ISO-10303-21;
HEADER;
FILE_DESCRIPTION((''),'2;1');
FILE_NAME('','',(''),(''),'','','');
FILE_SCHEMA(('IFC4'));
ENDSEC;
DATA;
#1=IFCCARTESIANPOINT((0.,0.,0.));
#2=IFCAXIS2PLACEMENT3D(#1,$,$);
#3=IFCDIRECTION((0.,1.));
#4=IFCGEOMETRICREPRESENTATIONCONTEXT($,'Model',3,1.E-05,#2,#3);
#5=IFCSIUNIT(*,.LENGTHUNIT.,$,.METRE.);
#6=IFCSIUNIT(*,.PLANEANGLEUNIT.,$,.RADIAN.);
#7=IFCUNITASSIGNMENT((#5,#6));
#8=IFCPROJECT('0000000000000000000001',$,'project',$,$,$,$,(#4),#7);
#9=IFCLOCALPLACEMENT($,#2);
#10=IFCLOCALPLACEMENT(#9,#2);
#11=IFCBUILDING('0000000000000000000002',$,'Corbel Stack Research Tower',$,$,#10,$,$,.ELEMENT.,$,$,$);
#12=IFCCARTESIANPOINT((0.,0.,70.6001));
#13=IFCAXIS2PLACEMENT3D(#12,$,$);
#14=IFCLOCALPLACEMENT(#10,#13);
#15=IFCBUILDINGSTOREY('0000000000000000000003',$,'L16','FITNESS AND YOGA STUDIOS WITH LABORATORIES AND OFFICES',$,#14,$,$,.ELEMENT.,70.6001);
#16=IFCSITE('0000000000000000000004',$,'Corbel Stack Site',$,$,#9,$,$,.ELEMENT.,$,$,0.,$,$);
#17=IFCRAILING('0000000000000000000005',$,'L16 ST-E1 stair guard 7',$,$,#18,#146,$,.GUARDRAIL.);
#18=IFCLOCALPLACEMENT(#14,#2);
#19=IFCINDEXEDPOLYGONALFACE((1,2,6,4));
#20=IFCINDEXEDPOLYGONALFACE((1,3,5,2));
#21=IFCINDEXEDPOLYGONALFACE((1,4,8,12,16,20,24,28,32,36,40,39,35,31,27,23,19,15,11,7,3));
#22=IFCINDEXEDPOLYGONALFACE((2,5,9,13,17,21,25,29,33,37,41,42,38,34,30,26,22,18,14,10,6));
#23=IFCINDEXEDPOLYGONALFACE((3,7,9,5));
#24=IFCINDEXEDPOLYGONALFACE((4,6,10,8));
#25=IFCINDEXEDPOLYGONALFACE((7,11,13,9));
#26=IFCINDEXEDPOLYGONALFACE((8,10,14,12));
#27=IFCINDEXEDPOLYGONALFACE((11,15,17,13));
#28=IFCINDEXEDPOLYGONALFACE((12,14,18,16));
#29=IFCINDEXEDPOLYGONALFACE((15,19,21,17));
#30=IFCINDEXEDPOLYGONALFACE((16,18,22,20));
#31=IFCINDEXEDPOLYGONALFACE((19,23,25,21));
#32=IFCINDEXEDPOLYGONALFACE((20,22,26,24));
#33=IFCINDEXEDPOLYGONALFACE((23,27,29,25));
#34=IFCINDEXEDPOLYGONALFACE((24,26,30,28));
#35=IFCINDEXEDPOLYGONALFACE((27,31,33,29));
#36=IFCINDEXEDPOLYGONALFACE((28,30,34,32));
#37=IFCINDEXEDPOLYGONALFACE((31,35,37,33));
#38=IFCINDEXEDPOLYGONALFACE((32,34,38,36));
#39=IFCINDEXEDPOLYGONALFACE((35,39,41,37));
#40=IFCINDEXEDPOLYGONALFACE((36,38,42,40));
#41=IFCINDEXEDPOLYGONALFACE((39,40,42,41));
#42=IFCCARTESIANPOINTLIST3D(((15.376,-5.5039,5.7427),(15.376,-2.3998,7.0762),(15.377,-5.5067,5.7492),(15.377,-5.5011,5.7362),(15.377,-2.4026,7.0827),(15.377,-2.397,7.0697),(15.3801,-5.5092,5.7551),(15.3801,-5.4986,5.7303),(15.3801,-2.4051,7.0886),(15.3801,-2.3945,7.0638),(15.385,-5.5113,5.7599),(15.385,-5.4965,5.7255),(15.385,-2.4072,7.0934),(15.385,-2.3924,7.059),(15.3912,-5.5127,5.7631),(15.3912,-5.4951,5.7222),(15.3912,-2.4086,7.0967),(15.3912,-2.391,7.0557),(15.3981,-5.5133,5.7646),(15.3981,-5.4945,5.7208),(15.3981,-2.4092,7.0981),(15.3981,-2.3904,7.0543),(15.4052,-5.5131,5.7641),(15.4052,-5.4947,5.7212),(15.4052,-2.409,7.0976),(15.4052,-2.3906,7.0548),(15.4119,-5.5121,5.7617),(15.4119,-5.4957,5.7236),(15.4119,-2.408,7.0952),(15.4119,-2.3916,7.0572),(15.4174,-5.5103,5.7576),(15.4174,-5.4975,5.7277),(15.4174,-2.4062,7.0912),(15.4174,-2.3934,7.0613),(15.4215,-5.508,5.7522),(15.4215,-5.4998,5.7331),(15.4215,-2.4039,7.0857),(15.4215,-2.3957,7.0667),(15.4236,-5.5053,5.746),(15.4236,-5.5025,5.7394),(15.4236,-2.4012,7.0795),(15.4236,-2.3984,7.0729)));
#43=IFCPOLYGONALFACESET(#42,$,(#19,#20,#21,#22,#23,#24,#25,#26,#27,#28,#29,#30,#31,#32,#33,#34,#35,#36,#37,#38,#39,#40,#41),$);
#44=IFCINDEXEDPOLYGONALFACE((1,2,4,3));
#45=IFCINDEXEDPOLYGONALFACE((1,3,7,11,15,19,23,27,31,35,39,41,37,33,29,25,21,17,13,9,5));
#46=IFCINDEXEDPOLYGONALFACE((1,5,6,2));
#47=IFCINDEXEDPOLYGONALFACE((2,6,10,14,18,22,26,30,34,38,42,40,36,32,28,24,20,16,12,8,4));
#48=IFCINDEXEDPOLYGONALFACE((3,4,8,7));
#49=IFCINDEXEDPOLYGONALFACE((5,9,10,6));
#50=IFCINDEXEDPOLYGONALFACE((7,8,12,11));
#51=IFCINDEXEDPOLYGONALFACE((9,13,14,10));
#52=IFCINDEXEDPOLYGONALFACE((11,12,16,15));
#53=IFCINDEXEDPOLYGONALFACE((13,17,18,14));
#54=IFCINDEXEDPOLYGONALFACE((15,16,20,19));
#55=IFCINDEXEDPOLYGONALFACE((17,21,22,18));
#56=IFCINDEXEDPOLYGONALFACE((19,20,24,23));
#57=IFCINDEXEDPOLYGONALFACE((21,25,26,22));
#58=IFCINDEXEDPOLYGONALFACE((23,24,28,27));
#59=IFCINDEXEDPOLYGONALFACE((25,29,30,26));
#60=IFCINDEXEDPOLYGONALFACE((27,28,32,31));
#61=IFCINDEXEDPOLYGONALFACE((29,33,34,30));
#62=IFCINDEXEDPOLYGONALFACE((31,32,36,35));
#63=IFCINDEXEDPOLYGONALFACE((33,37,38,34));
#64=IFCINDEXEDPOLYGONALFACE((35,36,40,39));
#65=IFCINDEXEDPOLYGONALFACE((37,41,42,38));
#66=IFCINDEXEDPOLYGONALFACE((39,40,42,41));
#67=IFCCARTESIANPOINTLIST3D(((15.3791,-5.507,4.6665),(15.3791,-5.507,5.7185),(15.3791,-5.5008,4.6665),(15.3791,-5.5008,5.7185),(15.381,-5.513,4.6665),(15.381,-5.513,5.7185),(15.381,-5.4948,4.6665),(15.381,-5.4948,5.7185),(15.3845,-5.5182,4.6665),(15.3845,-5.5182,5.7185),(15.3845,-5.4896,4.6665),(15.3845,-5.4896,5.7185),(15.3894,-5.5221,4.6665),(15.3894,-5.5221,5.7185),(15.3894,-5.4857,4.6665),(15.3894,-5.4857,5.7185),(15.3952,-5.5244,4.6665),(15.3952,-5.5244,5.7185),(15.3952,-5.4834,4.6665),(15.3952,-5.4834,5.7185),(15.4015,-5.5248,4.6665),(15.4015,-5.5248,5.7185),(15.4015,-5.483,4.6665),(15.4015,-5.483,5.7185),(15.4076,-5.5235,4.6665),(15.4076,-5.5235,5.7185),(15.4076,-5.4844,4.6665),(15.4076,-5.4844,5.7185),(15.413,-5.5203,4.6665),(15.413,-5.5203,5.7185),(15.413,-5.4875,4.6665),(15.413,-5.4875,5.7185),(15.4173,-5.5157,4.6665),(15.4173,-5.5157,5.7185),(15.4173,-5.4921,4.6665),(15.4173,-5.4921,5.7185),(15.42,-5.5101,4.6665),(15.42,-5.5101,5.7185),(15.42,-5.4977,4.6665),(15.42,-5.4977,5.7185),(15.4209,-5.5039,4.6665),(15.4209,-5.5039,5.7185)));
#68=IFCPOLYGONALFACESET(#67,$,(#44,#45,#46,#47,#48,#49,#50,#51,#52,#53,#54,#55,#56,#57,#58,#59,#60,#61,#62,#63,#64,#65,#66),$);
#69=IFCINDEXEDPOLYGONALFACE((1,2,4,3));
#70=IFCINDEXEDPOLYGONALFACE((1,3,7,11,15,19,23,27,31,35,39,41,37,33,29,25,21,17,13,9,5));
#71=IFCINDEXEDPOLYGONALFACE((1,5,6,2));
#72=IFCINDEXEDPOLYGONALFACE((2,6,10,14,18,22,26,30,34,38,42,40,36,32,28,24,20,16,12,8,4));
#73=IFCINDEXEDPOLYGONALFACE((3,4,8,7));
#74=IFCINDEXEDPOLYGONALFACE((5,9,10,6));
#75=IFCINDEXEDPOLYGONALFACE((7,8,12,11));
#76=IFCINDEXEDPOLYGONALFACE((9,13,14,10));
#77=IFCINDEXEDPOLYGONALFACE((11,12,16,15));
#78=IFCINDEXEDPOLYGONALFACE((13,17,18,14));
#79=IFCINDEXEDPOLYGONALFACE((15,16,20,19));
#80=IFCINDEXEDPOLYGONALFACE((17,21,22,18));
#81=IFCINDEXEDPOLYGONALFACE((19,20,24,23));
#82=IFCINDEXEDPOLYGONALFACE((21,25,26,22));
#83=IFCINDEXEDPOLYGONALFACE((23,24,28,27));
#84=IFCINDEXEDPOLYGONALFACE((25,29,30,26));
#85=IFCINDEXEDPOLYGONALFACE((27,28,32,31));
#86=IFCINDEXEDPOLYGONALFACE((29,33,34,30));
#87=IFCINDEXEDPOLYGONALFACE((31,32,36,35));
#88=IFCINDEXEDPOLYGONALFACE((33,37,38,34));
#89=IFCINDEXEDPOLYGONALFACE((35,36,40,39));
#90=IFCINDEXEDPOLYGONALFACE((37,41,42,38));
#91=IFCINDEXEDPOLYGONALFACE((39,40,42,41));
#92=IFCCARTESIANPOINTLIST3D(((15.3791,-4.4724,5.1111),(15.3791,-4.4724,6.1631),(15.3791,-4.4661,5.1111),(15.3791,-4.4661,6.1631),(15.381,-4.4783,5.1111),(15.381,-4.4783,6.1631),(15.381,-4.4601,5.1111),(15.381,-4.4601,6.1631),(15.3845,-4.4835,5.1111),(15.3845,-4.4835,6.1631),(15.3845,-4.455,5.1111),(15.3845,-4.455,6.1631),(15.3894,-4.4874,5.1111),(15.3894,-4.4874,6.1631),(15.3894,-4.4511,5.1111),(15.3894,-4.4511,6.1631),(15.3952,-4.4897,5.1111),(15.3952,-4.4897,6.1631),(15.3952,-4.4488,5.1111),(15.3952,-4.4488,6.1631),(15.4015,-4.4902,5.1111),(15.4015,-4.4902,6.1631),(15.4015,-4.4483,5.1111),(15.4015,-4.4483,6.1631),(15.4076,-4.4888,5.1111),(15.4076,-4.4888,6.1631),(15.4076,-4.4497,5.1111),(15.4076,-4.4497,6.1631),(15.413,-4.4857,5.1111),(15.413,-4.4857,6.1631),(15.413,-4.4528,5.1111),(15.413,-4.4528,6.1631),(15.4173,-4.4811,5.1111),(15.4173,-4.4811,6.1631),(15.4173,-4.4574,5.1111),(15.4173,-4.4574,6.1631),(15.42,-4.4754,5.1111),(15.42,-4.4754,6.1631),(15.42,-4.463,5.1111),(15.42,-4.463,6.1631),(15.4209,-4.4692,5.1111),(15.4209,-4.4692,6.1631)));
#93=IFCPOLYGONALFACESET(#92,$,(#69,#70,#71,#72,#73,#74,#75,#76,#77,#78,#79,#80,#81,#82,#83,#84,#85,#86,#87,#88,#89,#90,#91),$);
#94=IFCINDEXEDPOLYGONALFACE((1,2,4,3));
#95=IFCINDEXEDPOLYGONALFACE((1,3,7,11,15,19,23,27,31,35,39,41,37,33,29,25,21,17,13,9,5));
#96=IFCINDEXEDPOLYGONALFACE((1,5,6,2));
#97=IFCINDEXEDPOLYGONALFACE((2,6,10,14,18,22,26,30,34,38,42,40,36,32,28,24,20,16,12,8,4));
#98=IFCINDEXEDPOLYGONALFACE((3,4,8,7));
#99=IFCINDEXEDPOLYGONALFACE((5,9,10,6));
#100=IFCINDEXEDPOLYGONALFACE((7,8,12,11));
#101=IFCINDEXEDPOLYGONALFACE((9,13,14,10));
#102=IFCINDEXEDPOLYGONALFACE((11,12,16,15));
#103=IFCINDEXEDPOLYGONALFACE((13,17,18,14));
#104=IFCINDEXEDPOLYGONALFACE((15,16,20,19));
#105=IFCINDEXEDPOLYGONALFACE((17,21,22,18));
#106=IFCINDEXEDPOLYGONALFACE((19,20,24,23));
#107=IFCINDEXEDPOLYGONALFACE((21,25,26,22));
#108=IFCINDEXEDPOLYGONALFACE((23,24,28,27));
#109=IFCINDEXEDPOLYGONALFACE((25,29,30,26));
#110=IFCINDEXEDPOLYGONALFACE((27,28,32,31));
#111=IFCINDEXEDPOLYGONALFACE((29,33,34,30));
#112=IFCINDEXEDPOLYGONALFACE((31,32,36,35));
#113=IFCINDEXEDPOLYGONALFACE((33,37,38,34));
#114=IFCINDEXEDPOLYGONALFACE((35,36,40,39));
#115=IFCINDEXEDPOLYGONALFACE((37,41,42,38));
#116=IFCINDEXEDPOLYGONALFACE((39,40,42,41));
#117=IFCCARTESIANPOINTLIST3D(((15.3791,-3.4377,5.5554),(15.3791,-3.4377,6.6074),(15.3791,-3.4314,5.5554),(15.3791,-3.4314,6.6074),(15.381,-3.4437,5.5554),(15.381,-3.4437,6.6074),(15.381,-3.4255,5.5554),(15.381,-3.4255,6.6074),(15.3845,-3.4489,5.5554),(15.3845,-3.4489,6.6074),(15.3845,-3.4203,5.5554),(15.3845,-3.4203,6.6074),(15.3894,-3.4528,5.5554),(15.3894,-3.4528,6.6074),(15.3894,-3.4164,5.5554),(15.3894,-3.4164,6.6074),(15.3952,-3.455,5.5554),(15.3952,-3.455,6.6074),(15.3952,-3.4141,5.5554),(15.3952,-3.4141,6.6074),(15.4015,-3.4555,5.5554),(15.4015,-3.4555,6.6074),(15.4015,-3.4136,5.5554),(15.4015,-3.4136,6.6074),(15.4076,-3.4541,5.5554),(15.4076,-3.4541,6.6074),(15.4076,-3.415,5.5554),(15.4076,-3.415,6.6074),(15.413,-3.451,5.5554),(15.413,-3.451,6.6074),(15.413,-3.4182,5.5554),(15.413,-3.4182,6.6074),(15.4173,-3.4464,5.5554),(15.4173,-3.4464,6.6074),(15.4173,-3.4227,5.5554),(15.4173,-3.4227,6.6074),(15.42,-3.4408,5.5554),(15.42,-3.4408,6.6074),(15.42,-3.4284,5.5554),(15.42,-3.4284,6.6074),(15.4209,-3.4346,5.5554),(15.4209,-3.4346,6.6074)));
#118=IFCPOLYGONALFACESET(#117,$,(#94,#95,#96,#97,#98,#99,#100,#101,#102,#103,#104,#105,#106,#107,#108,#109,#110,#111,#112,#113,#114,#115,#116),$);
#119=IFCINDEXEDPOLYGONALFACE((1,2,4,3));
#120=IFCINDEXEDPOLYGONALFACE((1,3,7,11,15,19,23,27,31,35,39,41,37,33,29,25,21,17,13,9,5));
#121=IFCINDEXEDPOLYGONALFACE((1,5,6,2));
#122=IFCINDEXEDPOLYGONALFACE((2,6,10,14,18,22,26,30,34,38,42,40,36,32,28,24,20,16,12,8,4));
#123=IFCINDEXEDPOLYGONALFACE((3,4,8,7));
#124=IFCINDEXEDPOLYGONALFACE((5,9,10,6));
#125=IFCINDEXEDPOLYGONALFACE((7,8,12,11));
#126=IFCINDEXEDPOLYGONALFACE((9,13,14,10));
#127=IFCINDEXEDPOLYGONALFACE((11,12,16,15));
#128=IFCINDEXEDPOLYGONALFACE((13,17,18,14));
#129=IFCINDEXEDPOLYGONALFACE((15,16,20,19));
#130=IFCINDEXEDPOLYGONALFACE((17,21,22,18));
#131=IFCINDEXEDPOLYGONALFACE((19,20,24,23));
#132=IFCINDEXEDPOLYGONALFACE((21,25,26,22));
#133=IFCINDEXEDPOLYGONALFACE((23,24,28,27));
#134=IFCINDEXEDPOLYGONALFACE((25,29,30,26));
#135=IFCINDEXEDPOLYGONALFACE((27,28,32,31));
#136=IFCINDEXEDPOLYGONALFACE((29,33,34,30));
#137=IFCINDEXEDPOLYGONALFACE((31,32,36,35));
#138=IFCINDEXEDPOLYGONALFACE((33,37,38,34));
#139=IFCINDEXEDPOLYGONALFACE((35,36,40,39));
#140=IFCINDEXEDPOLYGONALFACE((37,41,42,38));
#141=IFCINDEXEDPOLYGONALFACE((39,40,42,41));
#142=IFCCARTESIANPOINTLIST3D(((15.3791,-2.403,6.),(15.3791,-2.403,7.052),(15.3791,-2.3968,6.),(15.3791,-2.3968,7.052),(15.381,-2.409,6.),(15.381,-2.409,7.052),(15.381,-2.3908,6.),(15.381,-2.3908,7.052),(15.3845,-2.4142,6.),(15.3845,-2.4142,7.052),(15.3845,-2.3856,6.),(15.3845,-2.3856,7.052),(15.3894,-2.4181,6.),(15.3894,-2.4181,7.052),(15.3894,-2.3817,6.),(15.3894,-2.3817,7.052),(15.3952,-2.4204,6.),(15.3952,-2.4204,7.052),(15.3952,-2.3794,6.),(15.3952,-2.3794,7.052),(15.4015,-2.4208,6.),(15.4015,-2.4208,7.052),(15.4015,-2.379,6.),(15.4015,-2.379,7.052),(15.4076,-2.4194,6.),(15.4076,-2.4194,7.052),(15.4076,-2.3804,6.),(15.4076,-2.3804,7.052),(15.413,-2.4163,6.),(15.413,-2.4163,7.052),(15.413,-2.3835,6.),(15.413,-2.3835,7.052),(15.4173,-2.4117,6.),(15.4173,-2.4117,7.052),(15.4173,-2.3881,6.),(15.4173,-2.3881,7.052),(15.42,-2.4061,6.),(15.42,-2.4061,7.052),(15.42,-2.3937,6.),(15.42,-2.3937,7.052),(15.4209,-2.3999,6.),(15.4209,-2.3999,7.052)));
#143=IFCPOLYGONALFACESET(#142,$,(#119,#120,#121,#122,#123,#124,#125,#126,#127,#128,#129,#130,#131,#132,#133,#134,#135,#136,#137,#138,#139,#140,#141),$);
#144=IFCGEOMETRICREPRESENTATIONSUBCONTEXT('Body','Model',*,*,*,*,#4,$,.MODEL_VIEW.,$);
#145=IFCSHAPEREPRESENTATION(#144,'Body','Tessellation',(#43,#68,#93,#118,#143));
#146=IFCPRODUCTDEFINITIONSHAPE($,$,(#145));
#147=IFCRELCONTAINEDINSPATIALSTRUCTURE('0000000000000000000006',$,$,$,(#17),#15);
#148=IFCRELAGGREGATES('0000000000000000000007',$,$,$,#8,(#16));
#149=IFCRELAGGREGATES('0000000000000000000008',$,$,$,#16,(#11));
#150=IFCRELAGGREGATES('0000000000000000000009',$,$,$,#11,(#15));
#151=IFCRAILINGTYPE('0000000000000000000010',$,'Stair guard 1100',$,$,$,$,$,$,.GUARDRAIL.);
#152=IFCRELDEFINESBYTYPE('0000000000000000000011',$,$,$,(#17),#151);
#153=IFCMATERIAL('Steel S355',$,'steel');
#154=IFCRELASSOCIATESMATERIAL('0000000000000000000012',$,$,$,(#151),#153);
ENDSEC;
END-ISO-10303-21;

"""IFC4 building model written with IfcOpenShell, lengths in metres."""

from ifc_helpers import new_model, si_unit, direction, frame, origin, origin_2d, place, context, subcontext, project, spatial, circle, extrude, material, type_object, element, save


model = new_model("IFC4")

# Units and contexts
model_context = context("Model", 3, precision=1e-05, world=origin(), true_north=direction((0.0, 1.0)))
body_context = subcontext(model_context, "Body", "Model", "MODEL_VIEW")
ifc_project = project(units=[si_unit("LENGTHUNIT", "METRE"), si_unit("PLANEANGLEUNIT", "RADIAN")], contexts=[model_context])

# Site, building, storey
site_placement = place(None, origin())
site = spatial("IfcSite", under=ifc_project, at=site_placement, Name="Corbel Stack Site", CompositionType="ELEMENT", RefElevation=0.0)
building_placement = place(site_placement, origin())
building = spatial("IfcBuilding", under=site, at=building_placement, Name="Corbel Stack Research Tower", CompositionType="ELEMENT")
storey_placement = place(building_placement, frame((0.0, 0.0, 70.6001)))
storey = spatial("IfcBuildingStorey", under=building, at=storey_placement, Name="L16", Description="FITNESS AND YOGA STUDIOS WITH LABORATORIES AND OFFICES", CompositionType="ELEMENT", Elevation=70.6001)

# Railing
ifc_material_1 = material(Name="Steel S355", Category="steel")
railing_type_1 = type_object("IfcRailingType", Name="Stair guard 1100", PredefinedType="GUARDRAIL", material=ifc_material_1)
railing_1_placement = place(storey_placement, frame((15.3999, -5.5039, 4.6665)))
element("IfcRailing", 1, at=railing_1_placement, inside=storey, type_object=railing_type_1, Name="L16 ST-E1 stair guard 7", PredefinedType="GUARDRAIL", context=body_context, shape_type="SweptSolid", body=[
    extrude(circle(Radius=0.0239, at=origin_2d()), frame((0.0, 0.0, 1.0762), z_axis=(0.0, 0.918801, 0.394722), x_axis=(-1.0, 0.0, 0.0)), (0.0, 0.0, 1.0), 3.3784),
    extrude(circle(Radius=0.021, at=origin_2d()), origin(), (0.0, 0.0, 1.0), 1.052),
    extrude(circle(Radius=0.021, at=origin_2d()), frame((0.0, 1.0347, 0.4446)), (0.0, 0.0, 1.0), 1.052),
    extrude(circle(Radius=0.021, at=origin_2d()), frame((0.0, 2.0693, 0.8889)), (0.0, 0.0, 1.0), 1.052),
    extrude(circle(Radius=0.021, at=origin_2d()), frame((0.0, 3.104, 1.3335)), (0.0, 0.0, 1.0), 1.052),
])

save(model, "model.ifc")
